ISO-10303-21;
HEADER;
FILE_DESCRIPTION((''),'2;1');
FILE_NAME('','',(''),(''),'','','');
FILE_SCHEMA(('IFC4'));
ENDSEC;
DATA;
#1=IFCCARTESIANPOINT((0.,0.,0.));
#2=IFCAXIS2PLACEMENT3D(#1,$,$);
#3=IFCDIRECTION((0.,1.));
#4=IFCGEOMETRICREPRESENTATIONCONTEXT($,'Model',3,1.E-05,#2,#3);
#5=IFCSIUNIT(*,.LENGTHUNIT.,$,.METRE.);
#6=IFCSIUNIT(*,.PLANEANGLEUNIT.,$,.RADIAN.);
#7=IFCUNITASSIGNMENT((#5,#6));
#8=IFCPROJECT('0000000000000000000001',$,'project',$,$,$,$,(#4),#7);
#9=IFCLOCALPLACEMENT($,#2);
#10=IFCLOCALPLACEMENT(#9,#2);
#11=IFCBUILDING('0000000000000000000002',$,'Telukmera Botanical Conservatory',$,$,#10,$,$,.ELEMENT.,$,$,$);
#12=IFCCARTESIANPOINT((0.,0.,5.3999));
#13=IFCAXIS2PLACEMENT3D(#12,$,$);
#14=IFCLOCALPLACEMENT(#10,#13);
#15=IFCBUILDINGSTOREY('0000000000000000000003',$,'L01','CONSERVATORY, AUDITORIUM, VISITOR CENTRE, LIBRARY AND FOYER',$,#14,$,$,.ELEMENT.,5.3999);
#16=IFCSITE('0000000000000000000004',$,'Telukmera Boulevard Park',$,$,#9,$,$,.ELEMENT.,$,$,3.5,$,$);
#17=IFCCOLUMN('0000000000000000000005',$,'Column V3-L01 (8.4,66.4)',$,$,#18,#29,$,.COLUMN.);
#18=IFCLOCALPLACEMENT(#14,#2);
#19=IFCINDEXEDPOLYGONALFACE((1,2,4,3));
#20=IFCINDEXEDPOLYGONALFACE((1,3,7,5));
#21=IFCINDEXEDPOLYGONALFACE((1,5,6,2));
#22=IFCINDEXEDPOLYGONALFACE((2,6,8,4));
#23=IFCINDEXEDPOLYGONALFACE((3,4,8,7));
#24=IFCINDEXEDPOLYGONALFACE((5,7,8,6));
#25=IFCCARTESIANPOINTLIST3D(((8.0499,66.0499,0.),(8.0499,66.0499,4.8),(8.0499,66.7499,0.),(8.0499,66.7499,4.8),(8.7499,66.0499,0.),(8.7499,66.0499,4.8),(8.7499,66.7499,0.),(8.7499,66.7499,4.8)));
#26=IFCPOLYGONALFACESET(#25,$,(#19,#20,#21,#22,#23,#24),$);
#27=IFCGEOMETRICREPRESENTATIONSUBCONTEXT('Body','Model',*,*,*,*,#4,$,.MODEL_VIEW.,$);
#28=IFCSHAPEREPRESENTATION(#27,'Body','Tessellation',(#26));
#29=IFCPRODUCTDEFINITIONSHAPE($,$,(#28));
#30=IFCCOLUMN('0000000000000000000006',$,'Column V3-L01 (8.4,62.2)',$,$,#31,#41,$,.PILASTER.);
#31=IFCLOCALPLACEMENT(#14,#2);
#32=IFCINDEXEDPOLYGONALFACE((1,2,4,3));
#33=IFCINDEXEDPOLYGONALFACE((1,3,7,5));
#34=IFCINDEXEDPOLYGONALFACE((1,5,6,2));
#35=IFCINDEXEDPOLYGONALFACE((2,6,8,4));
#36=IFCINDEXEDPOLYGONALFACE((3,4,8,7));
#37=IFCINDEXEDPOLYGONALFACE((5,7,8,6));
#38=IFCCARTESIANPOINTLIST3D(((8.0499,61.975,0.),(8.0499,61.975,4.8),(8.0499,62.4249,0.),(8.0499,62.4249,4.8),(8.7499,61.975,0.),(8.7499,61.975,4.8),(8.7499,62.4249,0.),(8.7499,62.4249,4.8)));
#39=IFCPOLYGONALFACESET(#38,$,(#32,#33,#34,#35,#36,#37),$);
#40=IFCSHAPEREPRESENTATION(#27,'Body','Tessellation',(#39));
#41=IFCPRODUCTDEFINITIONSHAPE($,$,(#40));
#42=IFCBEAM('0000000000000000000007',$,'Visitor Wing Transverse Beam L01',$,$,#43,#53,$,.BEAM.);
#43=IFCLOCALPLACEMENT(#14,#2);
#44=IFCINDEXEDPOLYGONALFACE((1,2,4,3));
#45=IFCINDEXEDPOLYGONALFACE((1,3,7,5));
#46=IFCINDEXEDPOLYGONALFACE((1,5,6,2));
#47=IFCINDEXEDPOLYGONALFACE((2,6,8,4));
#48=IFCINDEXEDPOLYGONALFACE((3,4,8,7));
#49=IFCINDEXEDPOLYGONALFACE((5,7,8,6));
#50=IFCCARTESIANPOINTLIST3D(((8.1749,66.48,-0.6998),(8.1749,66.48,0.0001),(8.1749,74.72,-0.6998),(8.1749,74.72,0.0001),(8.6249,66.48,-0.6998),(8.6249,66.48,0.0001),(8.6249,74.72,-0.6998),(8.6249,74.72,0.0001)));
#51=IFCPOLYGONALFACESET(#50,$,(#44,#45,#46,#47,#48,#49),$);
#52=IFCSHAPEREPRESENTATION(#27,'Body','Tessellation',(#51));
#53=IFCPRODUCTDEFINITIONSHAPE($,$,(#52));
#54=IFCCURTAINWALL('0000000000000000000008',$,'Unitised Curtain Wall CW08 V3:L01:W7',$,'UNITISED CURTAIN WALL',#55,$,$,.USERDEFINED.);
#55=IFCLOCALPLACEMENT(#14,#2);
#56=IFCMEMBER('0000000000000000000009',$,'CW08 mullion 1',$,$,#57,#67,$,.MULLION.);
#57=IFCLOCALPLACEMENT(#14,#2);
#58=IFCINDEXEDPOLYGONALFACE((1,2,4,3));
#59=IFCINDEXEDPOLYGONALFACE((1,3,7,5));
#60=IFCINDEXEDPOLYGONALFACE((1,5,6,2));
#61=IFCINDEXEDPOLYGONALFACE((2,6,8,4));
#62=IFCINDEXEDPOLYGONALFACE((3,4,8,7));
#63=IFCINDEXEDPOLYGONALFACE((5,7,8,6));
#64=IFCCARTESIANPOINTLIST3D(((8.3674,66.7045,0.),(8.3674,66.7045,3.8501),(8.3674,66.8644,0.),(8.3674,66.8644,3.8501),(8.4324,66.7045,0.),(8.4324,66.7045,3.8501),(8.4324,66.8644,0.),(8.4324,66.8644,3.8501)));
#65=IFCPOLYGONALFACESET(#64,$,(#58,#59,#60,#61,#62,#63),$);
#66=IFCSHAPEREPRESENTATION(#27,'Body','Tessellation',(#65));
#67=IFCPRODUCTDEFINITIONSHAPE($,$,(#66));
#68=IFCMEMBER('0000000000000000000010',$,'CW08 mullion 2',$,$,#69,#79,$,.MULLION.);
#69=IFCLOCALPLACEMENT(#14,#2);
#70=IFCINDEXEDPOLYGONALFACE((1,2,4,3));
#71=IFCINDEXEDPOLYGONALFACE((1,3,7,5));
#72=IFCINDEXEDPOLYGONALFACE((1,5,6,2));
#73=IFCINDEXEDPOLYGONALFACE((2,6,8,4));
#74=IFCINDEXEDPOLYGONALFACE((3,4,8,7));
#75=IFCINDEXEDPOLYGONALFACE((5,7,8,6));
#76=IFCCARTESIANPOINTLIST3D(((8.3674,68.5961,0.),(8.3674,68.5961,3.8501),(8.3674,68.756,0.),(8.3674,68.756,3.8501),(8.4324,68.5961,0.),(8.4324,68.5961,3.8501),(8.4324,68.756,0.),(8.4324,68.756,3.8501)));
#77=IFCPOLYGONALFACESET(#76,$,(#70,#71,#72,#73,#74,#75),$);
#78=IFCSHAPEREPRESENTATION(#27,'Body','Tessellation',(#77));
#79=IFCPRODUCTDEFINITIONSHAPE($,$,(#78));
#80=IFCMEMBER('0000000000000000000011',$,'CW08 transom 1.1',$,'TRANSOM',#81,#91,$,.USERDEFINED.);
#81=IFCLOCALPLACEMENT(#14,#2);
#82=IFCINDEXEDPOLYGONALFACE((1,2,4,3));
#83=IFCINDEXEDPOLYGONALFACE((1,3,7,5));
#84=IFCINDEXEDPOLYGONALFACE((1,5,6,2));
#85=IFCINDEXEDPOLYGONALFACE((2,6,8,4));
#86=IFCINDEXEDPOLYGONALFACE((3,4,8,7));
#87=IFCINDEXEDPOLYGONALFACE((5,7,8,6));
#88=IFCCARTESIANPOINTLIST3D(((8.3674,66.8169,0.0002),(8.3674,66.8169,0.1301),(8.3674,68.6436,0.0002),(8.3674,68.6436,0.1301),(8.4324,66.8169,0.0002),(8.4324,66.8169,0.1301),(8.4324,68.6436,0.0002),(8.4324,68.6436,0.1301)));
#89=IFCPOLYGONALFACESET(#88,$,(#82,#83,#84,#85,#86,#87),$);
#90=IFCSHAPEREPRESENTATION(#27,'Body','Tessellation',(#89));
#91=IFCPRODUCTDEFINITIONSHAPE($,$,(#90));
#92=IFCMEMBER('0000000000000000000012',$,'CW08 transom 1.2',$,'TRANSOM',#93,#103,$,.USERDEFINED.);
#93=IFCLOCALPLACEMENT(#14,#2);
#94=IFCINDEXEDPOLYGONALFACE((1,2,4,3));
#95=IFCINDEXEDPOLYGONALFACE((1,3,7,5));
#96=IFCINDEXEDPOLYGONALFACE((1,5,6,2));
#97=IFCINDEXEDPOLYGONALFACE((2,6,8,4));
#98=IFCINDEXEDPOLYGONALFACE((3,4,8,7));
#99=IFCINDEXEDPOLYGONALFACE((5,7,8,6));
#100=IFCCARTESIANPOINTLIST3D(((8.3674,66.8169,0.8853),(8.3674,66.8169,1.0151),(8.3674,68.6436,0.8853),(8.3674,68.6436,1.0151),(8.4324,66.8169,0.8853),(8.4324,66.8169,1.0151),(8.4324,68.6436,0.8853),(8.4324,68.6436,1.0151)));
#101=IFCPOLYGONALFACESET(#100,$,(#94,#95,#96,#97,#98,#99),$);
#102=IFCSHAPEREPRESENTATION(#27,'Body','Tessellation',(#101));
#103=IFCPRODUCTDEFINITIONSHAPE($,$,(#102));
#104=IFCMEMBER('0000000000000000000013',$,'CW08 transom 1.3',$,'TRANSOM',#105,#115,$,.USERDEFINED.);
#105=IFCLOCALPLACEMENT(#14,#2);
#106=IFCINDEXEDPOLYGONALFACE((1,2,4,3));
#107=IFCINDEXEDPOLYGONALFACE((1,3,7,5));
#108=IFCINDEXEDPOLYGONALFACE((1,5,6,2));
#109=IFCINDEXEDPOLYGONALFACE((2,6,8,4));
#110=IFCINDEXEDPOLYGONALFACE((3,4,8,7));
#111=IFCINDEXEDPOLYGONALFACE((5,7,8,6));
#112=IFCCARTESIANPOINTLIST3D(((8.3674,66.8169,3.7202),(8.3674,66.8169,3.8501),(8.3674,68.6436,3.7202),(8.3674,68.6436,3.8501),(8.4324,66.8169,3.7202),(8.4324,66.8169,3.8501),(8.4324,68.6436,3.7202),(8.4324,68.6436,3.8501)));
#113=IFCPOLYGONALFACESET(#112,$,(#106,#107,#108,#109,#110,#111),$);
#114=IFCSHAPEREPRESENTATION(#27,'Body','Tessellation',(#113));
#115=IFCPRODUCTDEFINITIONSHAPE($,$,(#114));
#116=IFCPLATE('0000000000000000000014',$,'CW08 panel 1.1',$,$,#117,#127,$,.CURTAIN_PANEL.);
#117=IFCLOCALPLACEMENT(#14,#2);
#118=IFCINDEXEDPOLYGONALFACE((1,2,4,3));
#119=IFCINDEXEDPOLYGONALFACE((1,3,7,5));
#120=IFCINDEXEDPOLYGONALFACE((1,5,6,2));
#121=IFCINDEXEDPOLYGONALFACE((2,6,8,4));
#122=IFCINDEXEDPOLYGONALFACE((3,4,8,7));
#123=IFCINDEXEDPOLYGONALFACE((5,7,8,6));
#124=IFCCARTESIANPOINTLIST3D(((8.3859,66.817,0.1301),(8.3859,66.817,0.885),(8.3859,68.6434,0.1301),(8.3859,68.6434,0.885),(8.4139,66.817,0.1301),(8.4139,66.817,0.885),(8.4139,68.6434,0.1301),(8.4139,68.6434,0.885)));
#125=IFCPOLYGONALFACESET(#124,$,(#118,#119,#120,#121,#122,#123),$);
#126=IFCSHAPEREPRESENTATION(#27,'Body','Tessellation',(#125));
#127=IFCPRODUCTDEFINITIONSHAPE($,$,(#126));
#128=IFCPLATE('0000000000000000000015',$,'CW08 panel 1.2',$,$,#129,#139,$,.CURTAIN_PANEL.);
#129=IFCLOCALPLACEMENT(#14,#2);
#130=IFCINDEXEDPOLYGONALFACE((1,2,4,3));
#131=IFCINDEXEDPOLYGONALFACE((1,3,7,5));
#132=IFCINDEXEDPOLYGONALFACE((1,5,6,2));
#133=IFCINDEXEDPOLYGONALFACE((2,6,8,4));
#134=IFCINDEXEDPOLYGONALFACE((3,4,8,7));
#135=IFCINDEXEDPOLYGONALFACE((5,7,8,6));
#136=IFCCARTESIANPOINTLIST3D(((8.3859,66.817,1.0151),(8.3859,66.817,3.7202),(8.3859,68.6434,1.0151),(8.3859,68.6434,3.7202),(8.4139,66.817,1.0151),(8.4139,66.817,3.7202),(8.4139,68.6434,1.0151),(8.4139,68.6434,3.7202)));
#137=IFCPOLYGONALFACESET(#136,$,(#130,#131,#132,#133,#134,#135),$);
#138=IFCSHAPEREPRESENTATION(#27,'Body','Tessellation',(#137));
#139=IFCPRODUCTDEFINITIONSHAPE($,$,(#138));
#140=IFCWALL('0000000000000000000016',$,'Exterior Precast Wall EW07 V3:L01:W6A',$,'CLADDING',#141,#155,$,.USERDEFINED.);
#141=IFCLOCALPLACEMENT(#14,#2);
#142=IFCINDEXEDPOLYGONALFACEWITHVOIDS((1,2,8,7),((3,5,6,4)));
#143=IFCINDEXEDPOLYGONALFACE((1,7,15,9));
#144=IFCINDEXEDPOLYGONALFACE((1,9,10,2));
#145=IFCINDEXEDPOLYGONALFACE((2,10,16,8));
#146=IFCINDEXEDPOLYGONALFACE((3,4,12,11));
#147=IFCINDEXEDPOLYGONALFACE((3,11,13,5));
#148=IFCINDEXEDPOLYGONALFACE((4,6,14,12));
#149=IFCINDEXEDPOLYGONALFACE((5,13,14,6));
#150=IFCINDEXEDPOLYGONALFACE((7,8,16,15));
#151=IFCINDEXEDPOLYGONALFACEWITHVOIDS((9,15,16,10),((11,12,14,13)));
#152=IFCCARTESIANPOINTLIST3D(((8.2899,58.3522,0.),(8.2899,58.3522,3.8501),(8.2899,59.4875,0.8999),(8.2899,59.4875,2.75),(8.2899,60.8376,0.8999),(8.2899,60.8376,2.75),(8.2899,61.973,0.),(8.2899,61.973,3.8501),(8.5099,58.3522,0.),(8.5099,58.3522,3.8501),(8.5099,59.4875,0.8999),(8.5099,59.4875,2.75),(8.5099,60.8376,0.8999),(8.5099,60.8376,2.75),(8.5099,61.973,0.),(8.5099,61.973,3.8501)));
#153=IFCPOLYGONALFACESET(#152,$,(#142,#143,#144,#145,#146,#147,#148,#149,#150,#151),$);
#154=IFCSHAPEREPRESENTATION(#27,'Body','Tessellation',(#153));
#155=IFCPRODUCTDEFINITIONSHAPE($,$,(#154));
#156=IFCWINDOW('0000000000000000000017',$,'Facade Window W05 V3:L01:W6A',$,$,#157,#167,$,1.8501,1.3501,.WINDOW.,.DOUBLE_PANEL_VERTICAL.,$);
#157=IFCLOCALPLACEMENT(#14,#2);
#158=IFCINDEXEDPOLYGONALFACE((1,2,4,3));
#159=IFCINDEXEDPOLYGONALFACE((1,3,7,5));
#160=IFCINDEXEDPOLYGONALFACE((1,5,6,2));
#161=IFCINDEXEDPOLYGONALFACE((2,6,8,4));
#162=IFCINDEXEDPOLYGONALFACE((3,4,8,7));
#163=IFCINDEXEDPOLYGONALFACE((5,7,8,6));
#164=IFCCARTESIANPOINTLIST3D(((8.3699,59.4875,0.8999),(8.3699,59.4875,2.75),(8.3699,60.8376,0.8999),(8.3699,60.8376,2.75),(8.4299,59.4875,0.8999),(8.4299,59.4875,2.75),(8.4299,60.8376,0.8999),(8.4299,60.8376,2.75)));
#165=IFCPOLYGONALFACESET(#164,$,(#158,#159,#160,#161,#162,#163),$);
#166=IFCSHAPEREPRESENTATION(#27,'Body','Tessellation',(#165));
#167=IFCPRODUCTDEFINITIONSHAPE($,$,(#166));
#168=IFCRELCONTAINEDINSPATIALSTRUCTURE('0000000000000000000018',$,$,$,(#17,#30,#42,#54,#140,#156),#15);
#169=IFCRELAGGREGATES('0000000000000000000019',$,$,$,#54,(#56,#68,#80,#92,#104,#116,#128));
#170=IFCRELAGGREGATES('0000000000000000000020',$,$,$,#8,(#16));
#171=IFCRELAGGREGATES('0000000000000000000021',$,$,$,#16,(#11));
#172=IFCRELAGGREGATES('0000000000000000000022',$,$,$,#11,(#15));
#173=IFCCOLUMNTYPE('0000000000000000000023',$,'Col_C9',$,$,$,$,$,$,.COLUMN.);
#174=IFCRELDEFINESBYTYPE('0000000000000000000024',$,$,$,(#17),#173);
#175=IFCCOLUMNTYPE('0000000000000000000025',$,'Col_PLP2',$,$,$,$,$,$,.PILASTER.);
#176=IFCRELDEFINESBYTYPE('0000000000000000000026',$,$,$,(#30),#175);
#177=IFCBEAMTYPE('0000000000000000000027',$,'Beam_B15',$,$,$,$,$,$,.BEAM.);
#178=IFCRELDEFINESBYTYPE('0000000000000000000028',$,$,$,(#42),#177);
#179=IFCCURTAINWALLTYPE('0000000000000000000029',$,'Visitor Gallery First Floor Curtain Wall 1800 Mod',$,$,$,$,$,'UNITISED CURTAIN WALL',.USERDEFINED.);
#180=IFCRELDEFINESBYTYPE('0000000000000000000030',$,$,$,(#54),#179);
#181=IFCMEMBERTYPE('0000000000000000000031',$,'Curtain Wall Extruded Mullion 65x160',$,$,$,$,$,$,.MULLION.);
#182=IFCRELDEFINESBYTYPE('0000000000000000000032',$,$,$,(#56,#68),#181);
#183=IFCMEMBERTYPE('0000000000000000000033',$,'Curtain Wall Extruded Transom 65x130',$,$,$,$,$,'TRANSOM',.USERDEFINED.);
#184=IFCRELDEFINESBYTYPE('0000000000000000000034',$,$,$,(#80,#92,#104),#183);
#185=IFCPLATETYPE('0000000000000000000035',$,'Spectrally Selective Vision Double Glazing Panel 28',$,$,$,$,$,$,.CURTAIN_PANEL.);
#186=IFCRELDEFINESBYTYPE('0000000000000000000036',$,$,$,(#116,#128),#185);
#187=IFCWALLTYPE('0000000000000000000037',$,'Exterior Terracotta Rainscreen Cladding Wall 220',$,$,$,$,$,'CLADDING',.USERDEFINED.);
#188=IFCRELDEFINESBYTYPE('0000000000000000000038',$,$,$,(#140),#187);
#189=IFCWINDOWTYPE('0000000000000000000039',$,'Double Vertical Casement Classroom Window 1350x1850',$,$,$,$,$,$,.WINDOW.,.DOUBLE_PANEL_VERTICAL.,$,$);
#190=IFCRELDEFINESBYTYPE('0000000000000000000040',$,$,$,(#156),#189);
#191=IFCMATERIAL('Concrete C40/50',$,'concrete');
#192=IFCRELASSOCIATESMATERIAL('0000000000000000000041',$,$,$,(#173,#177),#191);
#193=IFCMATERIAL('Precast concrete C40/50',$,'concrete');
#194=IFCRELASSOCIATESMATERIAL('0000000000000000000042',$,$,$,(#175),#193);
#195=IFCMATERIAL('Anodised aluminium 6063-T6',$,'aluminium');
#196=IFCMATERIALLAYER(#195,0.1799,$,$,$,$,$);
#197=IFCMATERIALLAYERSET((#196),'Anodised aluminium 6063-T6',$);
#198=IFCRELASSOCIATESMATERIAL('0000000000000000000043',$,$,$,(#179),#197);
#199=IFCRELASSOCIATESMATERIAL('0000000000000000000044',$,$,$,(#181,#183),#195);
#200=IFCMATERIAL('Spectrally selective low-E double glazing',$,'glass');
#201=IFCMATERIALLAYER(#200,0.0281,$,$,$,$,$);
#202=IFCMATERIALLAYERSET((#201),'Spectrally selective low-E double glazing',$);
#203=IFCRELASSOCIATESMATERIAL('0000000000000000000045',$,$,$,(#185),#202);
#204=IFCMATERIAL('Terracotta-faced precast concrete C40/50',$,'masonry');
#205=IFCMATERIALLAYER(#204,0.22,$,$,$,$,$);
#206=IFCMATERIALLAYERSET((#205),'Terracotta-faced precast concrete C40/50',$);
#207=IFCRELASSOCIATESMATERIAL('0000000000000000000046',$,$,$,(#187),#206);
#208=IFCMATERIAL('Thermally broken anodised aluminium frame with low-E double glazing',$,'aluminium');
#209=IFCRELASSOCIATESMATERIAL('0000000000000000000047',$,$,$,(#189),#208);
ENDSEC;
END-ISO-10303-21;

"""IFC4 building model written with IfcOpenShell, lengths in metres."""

from ifc_helpers import new_model, si_unit, direction, frame, frame_2d, origin, origin_2d, place, context, subcontext, project, spatial, rectangle, extrude, material, layer, layer_set, material_profile, profile_set, type_object, element, fill, aggregate, save


model = new_model("IFC4")

# Units and contexts
model_context = context("Model", 3, precision=1e-05, world=origin(), true_north=direction((0.0, 1.0)))
body_context = subcontext(model_context, "Body", "Model", "MODEL_VIEW")
ifc_project = project(units=[si_unit("LENGTHUNIT", "METRE"), si_unit("PLANEANGLEUNIT", "RADIAN")], contexts=[model_context])

# Site, building, storey
site_placement = place(None, origin())
site = spatial("IfcSite", under=ifc_project, at=site_placement, Name="Telukmera Boulevard Park", CompositionType="ELEMENT", RefElevation=3.5)
building_placement = place(site_placement, origin())
building = spatial("IfcBuilding", under=site, at=building_placement, Name="Telukmera Botanical Conservatory", CompositionType="ELEMENT")
storey_placement = place(building_placement, frame((0.0, 0.0, 5.3999)))
storey = spatial("IfcBuildingStorey", under=building, at=storey_placement, Name="L01", Description="CONSERVATORY, AUDITORIUM, VISITOR CENTRE, LIBRARY AND FOYER", CompositionType="ELEMENT", Elevation=5.3999)

# Columns
ifc_material_1 = material(Name="Concrete C40/50", Category="concrete")
ifc_material_profile_1 = material_profile(ifc_material_1, rectangle(XDim=0.7, YDim=0.7, at=origin_2d()), Name="RC 700x700")
ifc_profile_set_1 = profile_set([ifc_material_profile_1], Name="Concrete C40/50")
column_type_1 = type_object("IfcColumnType", Name="Col_C9", PredefinedType="COLUMN", material=ifc_profile_set_1)
column_1_placement = place(storey_placement, frame((8.3999, 66.3999, 0.0), z_axis=(0.0, 0.0, 1.0), x_axis=(1.0, 0.0, 0.0)))
element("IfcColumn", 1, at=column_1_placement, inside=storey, type_object=column_type_1, Name="Column V3-L01 (8.4,66.4)", PredefinedType="COLUMN", context=body_context, shape_type="SweptSolid", body=[
    extrude(rectangle(XDim=0.7, YDim=0.7, at=origin_2d()), origin(), (0.0, 0.0, 1.0), 4.8),
])
ifc_material_2 = material(Name="Precast concrete C40/50", Category="concrete")
ifc_material_profile_2 = material_profile(ifc_material_2, rectangle(XDim=0.7, YDim=0.45, at=origin_2d()), Name="PC 700x450")
ifc_profile_set_2 = profile_set([ifc_material_profile_2], Name="Precast concrete C40/50")
column_type_2 = type_object("IfcColumnType", Name="Col_PLP2", PredefinedType="PILASTER", material=ifc_profile_set_2)
column_2_placement = place(storey_placement, frame((8.3999, 62.2, 0.0), z_axis=(0.0, 0.0, 1.0), x_axis=(1.0, 0.0, 0.0)))
element("IfcColumn", 2, at=column_2_placement, inside=storey, type_object=column_type_2, Name="Column V3-L01 (8.4,62.2)", PredefinedType="PILASTER", context=body_context, shape_type="SweptSolid", body=[
    extrude(rectangle(XDim=0.7, YDim=0.45, at=origin_2d()), origin(), (0.0, 0.0, 1.0), 4.8),
])

# Beam
ifc_material_profile_3 = material_profile(ifc_material_1, rectangle(XDim=0.45, YDim=0.7, at=origin_2d()), Name="RC 450x700")
ifc_profile_set_3 = profile_set([ifc_material_profile_3], Name="Concrete C40/50")
beam_type = type_object("IfcBeamType", Name="Beam_B15", PredefinedType="BEAM", material=ifc_profile_set_3)
beam_placement = place(storey_placement, frame((8.3999, 66.48, -0.3499), z_axis=(0.0, 1.0, 0.0), x_axis=(-1.0, 0.0, 0.0)))
element("IfcBeam", 3, at=beam_placement, inside=storey, type_object=beam_type, Name="Visitor Wing Transverse Beam L01", PredefinedType="BEAM", context=body_context, shape_type="SweptSolid", body=[
    extrude(rectangle(XDim=0.45, YDim=0.7, at=origin_2d()), origin(), (0.0, 0.0, 1.0), 8.24),
])

# Curtain wall, members, plates
ifc_material_3 = material(Name="Anodised aluminium 6063-T6", Category="aluminium")
ifc_layer_1 = layer(ifc_material_3, 0.1799)
ifc_layer_set_1 = layer_set([ifc_layer_1], Name="Anodised aluminium 6063-T6")
curtain_wall_type = type_object("IfcCurtainWallType", Name="Visitor Gallery First Floor Curtain Wall 1800 Mod", ElementType="UNITISED CURTAIN WALL", PredefinedType="USERDEFINED", material=ifc_layer_set_1)
curtain_wall_placement = place(storey_placement, origin())
curtain_wall = element("IfcCurtainWall", 4, at=curtain_wall_placement, inside=storey, type_object=curtain_wall_type, Name="Unitised Curtain Wall CW08 V3:L01:W7", ObjectType="UNITISED CURTAIN WALL", PredefinedType="USERDEFINED")
ifc_material_profile_4 = material_profile(ifc_material_3, rectangle(XDim=0.0649, YDim=0.1599, at=origin_2d()), Name="ALU MULL 65x160")
ifc_profile_set_4 = profile_set([ifc_material_profile_4], Name="Anodised aluminium 6063-T6")
member_type_1 = type_object("IfcMemberType", Name="Curtain Wall Extruded Mullion 65x160", PredefinedType="MULLION", material=ifc_profile_set_4)
member_1_placement = place(storey_placement, frame((8.3999, 66.7844, 0.0), z_axis=(0.0, 0.0, 1.0), x_axis=(-1.0, 0.0, 0.0)))
member_1 = element("IfcMember", 5, at=member_1_placement, type_object=member_type_1, Name="CW08 mullion 1", PredefinedType="MULLION", context=body_context, shape_type="SweptSolid", body=[
    extrude(rectangle(XDim=0.0649, YDim=0.1599, at=origin_2d()), origin(), (0.0, 0.0, 1.0), 3.8501),
])
member_2_placement = place(storey_placement, frame((8.3999, 68.676, 0.0), z_axis=(0.0, 0.0, 1.0), x_axis=(-1.0, 0.0, 0.0)))
member_2 = element("IfcMember", 6, at=member_2_placement, type_object=member_type_1, Name="CW08 mullion 2", PredefinedType="MULLION", context=body_context, shape_type="SweptSolid", body=[
    extrude(rectangle(XDim=0.0649, YDim=0.1599, at=origin_2d()), origin(), (0.0, 0.0, 1.0), 3.8501),
])
ifc_material_profile_5 = material_profile(ifc_material_3, rectangle(XDim=0.0649, YDim=0.1299, at=origin_2d()), Name="ALU TRAN 65x130")
ifc_profile_set_5 = profile_set([ifc_material_profile_5], Name="Anodised aluminium 6063-T6")
member_type_2 = type_object("IfcMemberType", Name="Curtain Wall Extruded Transom 65x130", ElementType="TRANSOM", PredefinedType="USERDEFINED", material=ifc_profile_set_5)
member_3_placement = place(storey_placement, frame((8.3999, 66.8169, 0.0652), z_axis=(0.0, 1.0, 0.0), x_axis=(-1.0, 0.0, 0.0)))
member_3 = element("IfcMember", 7, at=member_3_placement, type_object=member_type_2, Name="CW08 transom 1.1", ObjectType="TRANSOM", PredefinedType="USERDEFINED", context=body_context, shape_type="SweptSolid", body=[
    extrude(rectangle(XDim=0.0649, YDim=0.1299, at=origin_2d()), origin(), (0.0, 0.0, 1.0), 1.8267),
])
member_4_placement = place(storey_placement, frame((8.3999, 66.8169, 0.9502), z_axis=(0.0, 1.0, 0.0), x_axis=(-1.0, 0.0, 0.0)))
member_4 = element("IfcMember", 8, at=member_4_placement, type_object=member_type_2, Name="CW08 transom 1.2", ObjectType="TRANSOM", PredefinedType="USERDEFINED", context=body_context, shape_type="SweptSolid", body=[
    extrude(rectangle(XDim=0.0649, YDim=0.1299, at=origin_2d()), origin(), (0.0, 0.0, 1.0), 1.8267),
])
member_5_placement = place(storey_placement, frame((8.3999, 66.8169, 3.7852), z_axis=(0.0, 1.0, 0.0), x_axis=(-1.0, 0.0, 0.0)))
member_5 = element("IfcMember", 9, at=member_5_placement, type_object=member_type_2, Name="CW08 transom 1.3", ObjectType="TRANSOM", PredefinedType="USERDEFINED", context=body_context, shape_type="SweptSolid", body=[
    extrude(rectangle(XDim=0.0649, YDim=0.1299, at=origin_2d()), origin(), (0.0, 0.0, 1.0), 1.8267),
])
ifc_material_4 = material(Name="Spectrally selective low-E double glazing", Category="glass")
ifc_layer_2 = layer(ifc_material_4, 0.0281)
ifc_layer_set_2 = layer_set([ifc_layer_2], Name="Spectrally selective low-E double glazing")
plate_type = type_object("IfcPlateType", Name="Spectrally Selective Vision Double Glazing Panel 28", PredefinedType="CURTAIN_PANEL", material=ifc_layer_set_2)
plate_1_placement = place(storey_placement, frame((8.3999, 67.7302, 0.1301), z_axis=(0.0, 0.0, 1.0), x_axis=(0.0, 1.0, 0.0)))
plate_1 = element("IfcPlate", 10, at=plate_1_placement, type_object=plate_type, Name="CW08 panel 1.1", PredefinedType="CURTAIN_PANEL", context=body_context, shape_type="SweptSolid", body=[
    extrude(rectangle(XDim=1.8264, YDim=0.0281, at=origin_2d()), origin(), (0.0, 0.0, 1.0), 0.7549),
])
plate_2_placement = place(storey_placement, frame((8.3999, 67.7302, 1.0151), z_axis=(0.0, 0.0, 1.0), x_axis=(0.0, 1.0, 0.0)))
plate_2 = element("IfcPlate", 11, at=plate_2_placement, type_object=plate_type, Name="CW08 panel 1.2", PredefinedType="CURTAIN_PANEL", context=body_context, shape_type="SweptSolid", body=[
    extrude(rectangle(XDim=1.8264, YDim=0.0281, at=origin_2d()), origin(), (0.0, 0.0, 1.0), 2.7051),
])
aggregate(curtain_wall, [member_1, member_2, member_3, member_4, member_5, plate_1, plate_2])

# Wall, opening, window
ifc_material_5 = material(Name="Terracotta-faced precast concrete C40/50", Category="masonry")
ifc_layer_3 = layer(ifc_material_5, 0.22)
ifc_layer_set_3 = layer_set([ifc_layer_3], Name="Terracotta-faced precast concrete C40/50")
wall_type = type_object("IfcWallType", Name="Exterior Terracotta Rainscreen Cladding Wall 220", ElementType="CLADDING", PredefinedType="USERDEFINED", material=ifc_layer_set_3)
wall_1_placement = place(storey_placement, frame((8.3999, 58.3521, 0.0), z_axis=(0.0, 0.0, 1.0), x_axis=(0.0, 1.0, 0.0)))
wall_1 = element("IfcWall", 12, at=wall_1_placement, inside=storey, type_object=wall_type, Name="Exterior Precast Wall EW07 V3:L01:W6A", ObjectType="CLADDING", PredefinedType="USERDEFINED", context=body_context, shape_type="SweptSolid", body=[
    extrude(rectangle(XDim=3.6208, YDim=0.22, at=frame_2d((1.8105, 0.0))), origin(), (0.0, 0.0, 1.0), 3.8501),
])
opening_1_placement = place(wall_1_placement, frame((1.1355, 0.0, 0.8999)))
opening_1 = element("IfcOpeningElement", 13, at=opening_1_placement, cuts=wall_1, PredefinedType="OPENING", context=body_context, shape_type="SweptSolid", body=[
    extrude(rectangle(XDim=1.3501, YDim=1.8501, at=frame_2d((0.675, 0.925))), frame((0.0, 0.1199, 0.0), z_axis=(0.0, -1.0, 0.0), x_axis=(1.0, 0.0, 0.0)), (0.0, 0.0, 1.0), 0.24),
])
ifc_material_6 = material(Name="Thermally broken anodised aluminium frame with low-E double glazing", Category="aluminium")
window_type_1 = type_object("IfcWindowType", Name="Double Vertical Casement Classroom Window 1350x1850", PartitioningType="DOUBLE_PANEL_VERTICAL", PredefinedType="WINDOW", material=ifc_material_6)
window_1_placement = place(opening_1_placement, origin())
window_1 = element("IfcWindow", 14, at=window_1_placement, inside=storey, type_object=window_type_1, Name="Facade Window W05 V3:L01:W6A", OverallHeight=1.8501, OverallWidth=1.3501, PartitioningType="DOUBLE_PANEL_VERTICAL", PredefinedType="WINDOW", context=body_context, shape_type="SweptSolid", body=[
    extrude(rectangle(XDim=1.3501, YDim=1.8501, at=frame_2d((0.675, 0.925))), frame((0.0, 0.03, 0.0), z_axis=(0.0, -1.0, 0.0), x_axis=(1.0, 0.0, 0.0)), (0.0, 0.0, 1.0), 0.0601),
])
fill(opening_1, window_1)

save(model, "model.ifc")
